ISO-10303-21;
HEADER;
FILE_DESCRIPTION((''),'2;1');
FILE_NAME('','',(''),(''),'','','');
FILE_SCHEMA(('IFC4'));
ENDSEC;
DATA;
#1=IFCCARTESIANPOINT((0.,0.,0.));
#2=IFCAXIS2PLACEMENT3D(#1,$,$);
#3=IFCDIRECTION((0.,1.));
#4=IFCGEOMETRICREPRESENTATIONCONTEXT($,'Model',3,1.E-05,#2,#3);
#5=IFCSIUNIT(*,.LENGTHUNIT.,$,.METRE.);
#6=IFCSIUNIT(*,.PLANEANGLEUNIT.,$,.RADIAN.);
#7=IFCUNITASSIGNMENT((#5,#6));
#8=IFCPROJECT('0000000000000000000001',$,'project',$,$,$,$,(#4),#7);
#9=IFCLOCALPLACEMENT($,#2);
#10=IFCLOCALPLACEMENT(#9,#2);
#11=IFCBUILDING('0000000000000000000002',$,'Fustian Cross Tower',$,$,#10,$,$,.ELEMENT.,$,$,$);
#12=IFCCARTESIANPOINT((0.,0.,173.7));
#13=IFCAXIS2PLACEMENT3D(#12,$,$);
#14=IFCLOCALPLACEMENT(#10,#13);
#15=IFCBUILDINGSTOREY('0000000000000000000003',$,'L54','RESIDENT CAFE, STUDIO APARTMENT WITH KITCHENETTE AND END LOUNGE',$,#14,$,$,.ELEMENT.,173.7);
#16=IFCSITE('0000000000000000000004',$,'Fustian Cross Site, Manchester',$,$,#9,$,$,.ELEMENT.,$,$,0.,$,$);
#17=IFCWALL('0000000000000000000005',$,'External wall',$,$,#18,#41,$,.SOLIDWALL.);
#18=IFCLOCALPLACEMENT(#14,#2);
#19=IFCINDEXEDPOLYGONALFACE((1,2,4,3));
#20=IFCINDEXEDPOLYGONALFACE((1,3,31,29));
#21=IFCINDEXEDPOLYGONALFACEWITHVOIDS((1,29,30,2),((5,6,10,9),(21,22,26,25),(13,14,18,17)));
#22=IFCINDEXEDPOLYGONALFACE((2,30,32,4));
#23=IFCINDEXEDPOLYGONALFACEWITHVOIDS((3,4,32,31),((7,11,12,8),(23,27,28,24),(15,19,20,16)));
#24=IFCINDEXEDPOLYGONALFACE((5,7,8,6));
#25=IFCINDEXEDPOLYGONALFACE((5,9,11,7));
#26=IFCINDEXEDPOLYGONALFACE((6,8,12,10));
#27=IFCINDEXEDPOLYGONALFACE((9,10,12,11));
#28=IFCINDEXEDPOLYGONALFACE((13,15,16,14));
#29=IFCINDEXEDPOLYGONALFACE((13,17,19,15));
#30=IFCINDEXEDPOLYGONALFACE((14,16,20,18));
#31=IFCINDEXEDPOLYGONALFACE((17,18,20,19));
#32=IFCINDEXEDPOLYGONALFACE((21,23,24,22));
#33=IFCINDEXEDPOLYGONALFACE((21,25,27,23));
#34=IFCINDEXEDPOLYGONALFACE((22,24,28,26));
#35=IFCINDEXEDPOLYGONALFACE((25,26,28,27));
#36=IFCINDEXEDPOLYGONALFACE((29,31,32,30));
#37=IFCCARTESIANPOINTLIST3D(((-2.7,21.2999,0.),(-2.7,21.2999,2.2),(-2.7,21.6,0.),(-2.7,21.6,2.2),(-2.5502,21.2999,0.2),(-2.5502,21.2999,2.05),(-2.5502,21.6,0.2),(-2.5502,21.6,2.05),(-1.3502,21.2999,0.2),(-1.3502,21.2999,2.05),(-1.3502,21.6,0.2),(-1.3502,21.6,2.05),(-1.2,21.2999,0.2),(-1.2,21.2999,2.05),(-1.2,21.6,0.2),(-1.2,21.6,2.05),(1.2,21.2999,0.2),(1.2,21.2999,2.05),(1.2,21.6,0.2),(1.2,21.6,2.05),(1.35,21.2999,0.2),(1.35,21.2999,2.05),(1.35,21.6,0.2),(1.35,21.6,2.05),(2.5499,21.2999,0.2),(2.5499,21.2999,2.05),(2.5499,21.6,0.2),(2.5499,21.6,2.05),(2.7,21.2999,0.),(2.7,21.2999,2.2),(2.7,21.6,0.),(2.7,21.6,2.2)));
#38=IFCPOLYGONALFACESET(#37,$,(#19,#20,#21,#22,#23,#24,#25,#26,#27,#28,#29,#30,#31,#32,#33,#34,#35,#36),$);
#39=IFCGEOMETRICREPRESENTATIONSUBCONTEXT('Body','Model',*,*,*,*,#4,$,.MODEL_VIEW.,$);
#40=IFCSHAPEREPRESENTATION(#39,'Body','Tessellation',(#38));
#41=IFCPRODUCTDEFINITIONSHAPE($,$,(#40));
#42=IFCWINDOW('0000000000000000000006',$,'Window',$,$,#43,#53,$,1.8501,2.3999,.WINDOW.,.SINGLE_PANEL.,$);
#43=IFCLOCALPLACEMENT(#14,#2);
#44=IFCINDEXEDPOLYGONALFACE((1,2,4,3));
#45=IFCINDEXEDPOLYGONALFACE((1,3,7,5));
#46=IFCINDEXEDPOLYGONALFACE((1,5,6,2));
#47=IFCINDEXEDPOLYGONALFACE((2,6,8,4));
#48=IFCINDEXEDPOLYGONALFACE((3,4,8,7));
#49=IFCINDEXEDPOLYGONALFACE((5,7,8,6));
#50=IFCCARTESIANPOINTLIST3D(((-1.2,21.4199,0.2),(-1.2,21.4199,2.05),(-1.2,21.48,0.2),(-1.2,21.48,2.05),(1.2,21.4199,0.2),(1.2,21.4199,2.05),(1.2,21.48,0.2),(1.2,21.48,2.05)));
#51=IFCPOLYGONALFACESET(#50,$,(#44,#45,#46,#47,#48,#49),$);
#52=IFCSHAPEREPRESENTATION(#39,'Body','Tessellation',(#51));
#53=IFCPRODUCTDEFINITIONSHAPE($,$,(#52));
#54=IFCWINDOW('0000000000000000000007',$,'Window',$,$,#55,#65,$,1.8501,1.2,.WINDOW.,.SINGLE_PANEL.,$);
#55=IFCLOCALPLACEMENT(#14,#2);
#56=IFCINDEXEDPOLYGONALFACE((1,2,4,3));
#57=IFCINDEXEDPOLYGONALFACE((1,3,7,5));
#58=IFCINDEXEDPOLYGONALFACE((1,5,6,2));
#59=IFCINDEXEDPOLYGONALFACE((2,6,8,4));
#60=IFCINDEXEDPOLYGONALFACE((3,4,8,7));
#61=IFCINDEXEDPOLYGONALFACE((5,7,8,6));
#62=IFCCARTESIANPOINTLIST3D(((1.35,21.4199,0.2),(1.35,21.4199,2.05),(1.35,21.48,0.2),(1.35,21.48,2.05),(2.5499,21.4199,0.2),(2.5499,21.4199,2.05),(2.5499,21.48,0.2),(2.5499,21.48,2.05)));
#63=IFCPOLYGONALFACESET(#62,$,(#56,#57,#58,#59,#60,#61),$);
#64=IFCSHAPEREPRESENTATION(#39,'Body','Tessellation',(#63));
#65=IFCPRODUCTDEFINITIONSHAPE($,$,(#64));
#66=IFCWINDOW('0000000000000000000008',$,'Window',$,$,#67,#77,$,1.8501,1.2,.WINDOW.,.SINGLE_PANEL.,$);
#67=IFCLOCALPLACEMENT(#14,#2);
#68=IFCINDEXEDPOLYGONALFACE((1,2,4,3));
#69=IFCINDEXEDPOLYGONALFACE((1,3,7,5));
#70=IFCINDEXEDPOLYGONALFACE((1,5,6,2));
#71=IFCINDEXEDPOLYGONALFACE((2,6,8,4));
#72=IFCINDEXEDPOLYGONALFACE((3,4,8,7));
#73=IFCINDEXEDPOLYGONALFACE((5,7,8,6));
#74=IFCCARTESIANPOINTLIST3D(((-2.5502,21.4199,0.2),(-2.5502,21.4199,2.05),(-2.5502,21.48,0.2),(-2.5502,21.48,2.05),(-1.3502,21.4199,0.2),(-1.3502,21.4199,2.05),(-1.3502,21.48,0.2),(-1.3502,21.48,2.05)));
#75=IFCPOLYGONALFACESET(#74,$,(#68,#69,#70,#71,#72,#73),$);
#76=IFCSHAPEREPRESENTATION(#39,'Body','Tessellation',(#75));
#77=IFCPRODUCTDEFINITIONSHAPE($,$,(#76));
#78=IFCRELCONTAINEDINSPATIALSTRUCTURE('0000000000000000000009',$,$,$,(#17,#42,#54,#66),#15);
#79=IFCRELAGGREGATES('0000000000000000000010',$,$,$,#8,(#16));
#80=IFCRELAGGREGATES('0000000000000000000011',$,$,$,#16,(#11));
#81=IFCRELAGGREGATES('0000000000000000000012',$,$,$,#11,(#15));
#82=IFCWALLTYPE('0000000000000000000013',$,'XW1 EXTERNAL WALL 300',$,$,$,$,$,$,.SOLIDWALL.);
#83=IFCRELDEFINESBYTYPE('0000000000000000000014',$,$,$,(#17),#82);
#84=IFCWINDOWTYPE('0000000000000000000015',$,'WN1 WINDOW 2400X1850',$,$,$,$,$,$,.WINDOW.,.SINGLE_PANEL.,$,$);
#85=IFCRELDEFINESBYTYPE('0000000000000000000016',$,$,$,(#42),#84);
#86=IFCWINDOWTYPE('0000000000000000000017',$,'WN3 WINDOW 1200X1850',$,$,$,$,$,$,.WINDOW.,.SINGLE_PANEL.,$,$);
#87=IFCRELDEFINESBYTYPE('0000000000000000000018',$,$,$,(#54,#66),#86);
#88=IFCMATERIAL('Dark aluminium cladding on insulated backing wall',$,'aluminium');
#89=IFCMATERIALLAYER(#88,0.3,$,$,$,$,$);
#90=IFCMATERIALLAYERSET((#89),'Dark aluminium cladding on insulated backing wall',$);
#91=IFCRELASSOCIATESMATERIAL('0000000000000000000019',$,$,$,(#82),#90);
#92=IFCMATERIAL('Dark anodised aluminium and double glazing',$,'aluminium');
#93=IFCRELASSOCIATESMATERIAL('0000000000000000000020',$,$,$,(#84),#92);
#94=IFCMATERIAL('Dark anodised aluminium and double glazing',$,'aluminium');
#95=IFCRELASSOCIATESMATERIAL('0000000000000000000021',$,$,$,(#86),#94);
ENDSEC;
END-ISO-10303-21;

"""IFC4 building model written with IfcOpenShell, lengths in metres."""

from ifc_helpers import new_model, si_unit, direction, frame, frame_2d, origin, place, context, subcontext, project, spatial, rectangle, extrude, material, layer, layer_set, type_object, element, fill, save


model = new_model("IFC4")

# Units and contexts
model_context = context("Model", 3, precision=1e-05, world=origin(), true_north=direction((0.0, 1.0)))
body_context = subcontext(model_context, "Body", "Model", "MODEL_VIEW")
ifc_project = project(units=[si_unit("LENGTHUNIT", "METRE"), si_unit("PLANEANGLEUNIT", "RADIAN")], contexts=[model_context])

# Site, building, storey
site_placement = place(None, origin())
site = spatial("IfcSite", under=ifc_project, at=site_placement, Name="Fustian Cross Site, Manchester", CompositionType="ELEMENT", RefElevation=0.0)
building_placement = place(site_placement, origin())
building = spatial("IfcBuilding", under=site, at=building_placement, Name="Fustian Cross Tower", CompositionType="ELEMENT")
storey_placement = place(building_placement, frame((0.0, 0.0, 173.7)))
storey = spatial("IfcBuildingStorey", under=building, at=storey_placement, Name="L54", Description="RESIDENT CAFE, STUDIO APARTMENT WITH KITCHENETTE AND END LOUNGE", CompositionType="ELEMENT", Elevation=173.7)

# Shared definitions
ifc_material_1 = material(Name="Dark aluminium cladding on insulated backing wall", Category="aluminium")
ifc_layer_1 = layer(ifc_material_1, 0.3)
ifc_layer_set_1 = layer_set([ifc_layer_1], Name="Dark aluminium cladding on insulated backing wall")
wall_type_1 = type_object("IfcWallType", Name="XW1 EXTERNAL WALL 300", PredefinedType="SOLIDWALL", material=ifc_layer_set_1)

# Wall, openings, windows
wall_1_placement = place(storey_placement, frame((2.7, 21.45, 0.0), z_axis=(0.0, 0.0, 1.0), x_axis=(-1.0, 0.0, 0.0)))
wall_1 = element("IfcWall", 1, at=wall_1_placement, inside=storey, type_object=wall_type_1, Name="External wall", PredefinedType="SOLIDWALL", context=body_context, shape_type="SweptSolid", body=[
    extrude(rectangle(XDim=5.3999, YDim=0.3, at=frame_2d((2.7, 0.0))), origin(), (0.0, 0.0, 1.0), 2.2),
])
opening_1_placement = place(wall_1_placement, frame((1.5, 0.0, 0.2)))
opening_1 = element("IfcOpeningElement", 2, at=opening_1_placement, cuts=wall_1, PredefinedType="OPENING", context=body_context, shape_type="SweptSolid", body=[
    extrude(rectangle(XDim=2.3999, YDim=1.8501, at=frame_2d((1.2, 0.925))), frame((0.0, 0.1599, 0.0), z_axis=(0.0, -1.0, 0.0), x_axis=(1.0, 0.0, 0.0)), (0.0, 0.0, 1.0), 0.3201),
])
opening_2_placement = place(wall_1_placement, frame((0.1499, 0.0, 0.2)))
opening_2 = element("IfcOpeningElement", 3, at=opening_2_placement, cuts=wall_1, PredefinedType="OPENING", context=body_context, shape_type="SweptSolid", body=[
    extrude(rectangle(XDim=1.2, YDim=1.8501, at=frame_2d((0.6001, 0.925))), frame((0.0, 0.1599, 0.0), z_axis=(0.0, -1.0, 0.0), x_axis=(1.0, 0.0, 0.0)), (0.0, 0.0, 1.0), 0.3201),
])
opening_3_placement = place(wall_1_placement, frame((4.05, 0.0, 0.2)))
opening_3 = element("IfcOpeningElement", 4, at=opening_3_placement, cuts=wall_1, PredefinedType="OPENING", context=body_context, shape_type="SweptSolid", body=[
    extrude(rectangle(XDim=1.2, YDim=1.8501, at=frame_2d((0.6001, 0.925))), frame((0.0, 0.1599, 0.0), z_axis=(0.0, -1.0, 0.0), x_axis=(1.0, 0.0, 0.0)), (0.0, 0.0, 1.0), 0.3201),
])
ifc_material_2 = material(Name="Dark anodised aluminium and double glazing", Category="aluminium")
window_type_1 = type_object("IfcWindowType", Name="WN1 WINDOW 2400X1850", PartitioningType="SINGLE_PANEL", PredefinedType="WINDOW", material=ifc_material_2)
window_1_placement = place(opening_1_placement, origin())
window_1 = element("IfcWindow", 5, at=window_1_placement, inside=storey, type_object=window_type_1, Name="Window", OverallHeight=1.8501, OverallWidth=2.3999, PartitioningType="SINGLE_PANEL", PredefinedType="WINDOW", context=body_context, shape_type="SweptSolid", body=[
    extrude(rectangle(XDim=2.3999, YDim=1.8501, at=frame_2d((1.2, 0.925))), frame((0.0, 0.03, 0.0), z_axis=(0.0, -1.0, 0.0), x_axis=(1.0, 0.0, 0.0)), (0.0, 0.0, 1.0), 0.0601),
])
fill(opening_1, window_1)
ifc_material_3 = material(Name="Dark anodised aluminium and double glazing", Category="aluminium")
window_type_2 = type_object("IfcWindowType", Name="WN3 WINDOW 1200X1850", PartitioningType="SINGLE_PANEL", PredefinedType="WINDOW", material=ifc_material_3)
window_2_placement = place(opening_2_placement, origin())
window_2 = element("IfcWindow", 6, at=window_2_placement, inside=storey, type_object=window_type_2, Name="Window", OverallHeight=1.8501, OverallWidth=1.2, PartitioningType="SINGLE_PANEL", PredefinedType="WINDOW", context=body_context, shape_type="SweptSolid", body=[
    extrude(rectangle(XDim=1.2, YDim=1.8501, at=frame_2d((0.6001, 0.925))), frame((0.0, 0.03, 0.0), z_axis=(0.0, -1.0, 0.0), x_axis=(1.0, 0.0, 0.0)), (0.0, 0.0, 1.0), 0.0601),
])
fill(opening_2, window_2)
window_3_placement = place(opening_3_placement, origin())
window_3 = element("IfcWindow", 7, at=window_3_placement, inside=storey, type_object=window_type_2, Name="Window", OverallHeight=1.8501, OverallWidth=1.2, PartitioningType="SINGLE_PANEL", PredefinedType="WINDOW", context=body_context, shape_type="SweptSolid", body=[
    extrude(rectangle(XDim=1.2, YDim=1.8501, at=frame_2d((0.6001, 0.925))), frame((0.0, 0.03, 0.0), z_axis=(0.0, -1.0, 0.0), x_axis=(1.0, 0.0, 0.0)), (0.0, 0.0, 1.0), 0.0601),
])
fill(opening_3, window_3)

save(model, "model.ifc")
